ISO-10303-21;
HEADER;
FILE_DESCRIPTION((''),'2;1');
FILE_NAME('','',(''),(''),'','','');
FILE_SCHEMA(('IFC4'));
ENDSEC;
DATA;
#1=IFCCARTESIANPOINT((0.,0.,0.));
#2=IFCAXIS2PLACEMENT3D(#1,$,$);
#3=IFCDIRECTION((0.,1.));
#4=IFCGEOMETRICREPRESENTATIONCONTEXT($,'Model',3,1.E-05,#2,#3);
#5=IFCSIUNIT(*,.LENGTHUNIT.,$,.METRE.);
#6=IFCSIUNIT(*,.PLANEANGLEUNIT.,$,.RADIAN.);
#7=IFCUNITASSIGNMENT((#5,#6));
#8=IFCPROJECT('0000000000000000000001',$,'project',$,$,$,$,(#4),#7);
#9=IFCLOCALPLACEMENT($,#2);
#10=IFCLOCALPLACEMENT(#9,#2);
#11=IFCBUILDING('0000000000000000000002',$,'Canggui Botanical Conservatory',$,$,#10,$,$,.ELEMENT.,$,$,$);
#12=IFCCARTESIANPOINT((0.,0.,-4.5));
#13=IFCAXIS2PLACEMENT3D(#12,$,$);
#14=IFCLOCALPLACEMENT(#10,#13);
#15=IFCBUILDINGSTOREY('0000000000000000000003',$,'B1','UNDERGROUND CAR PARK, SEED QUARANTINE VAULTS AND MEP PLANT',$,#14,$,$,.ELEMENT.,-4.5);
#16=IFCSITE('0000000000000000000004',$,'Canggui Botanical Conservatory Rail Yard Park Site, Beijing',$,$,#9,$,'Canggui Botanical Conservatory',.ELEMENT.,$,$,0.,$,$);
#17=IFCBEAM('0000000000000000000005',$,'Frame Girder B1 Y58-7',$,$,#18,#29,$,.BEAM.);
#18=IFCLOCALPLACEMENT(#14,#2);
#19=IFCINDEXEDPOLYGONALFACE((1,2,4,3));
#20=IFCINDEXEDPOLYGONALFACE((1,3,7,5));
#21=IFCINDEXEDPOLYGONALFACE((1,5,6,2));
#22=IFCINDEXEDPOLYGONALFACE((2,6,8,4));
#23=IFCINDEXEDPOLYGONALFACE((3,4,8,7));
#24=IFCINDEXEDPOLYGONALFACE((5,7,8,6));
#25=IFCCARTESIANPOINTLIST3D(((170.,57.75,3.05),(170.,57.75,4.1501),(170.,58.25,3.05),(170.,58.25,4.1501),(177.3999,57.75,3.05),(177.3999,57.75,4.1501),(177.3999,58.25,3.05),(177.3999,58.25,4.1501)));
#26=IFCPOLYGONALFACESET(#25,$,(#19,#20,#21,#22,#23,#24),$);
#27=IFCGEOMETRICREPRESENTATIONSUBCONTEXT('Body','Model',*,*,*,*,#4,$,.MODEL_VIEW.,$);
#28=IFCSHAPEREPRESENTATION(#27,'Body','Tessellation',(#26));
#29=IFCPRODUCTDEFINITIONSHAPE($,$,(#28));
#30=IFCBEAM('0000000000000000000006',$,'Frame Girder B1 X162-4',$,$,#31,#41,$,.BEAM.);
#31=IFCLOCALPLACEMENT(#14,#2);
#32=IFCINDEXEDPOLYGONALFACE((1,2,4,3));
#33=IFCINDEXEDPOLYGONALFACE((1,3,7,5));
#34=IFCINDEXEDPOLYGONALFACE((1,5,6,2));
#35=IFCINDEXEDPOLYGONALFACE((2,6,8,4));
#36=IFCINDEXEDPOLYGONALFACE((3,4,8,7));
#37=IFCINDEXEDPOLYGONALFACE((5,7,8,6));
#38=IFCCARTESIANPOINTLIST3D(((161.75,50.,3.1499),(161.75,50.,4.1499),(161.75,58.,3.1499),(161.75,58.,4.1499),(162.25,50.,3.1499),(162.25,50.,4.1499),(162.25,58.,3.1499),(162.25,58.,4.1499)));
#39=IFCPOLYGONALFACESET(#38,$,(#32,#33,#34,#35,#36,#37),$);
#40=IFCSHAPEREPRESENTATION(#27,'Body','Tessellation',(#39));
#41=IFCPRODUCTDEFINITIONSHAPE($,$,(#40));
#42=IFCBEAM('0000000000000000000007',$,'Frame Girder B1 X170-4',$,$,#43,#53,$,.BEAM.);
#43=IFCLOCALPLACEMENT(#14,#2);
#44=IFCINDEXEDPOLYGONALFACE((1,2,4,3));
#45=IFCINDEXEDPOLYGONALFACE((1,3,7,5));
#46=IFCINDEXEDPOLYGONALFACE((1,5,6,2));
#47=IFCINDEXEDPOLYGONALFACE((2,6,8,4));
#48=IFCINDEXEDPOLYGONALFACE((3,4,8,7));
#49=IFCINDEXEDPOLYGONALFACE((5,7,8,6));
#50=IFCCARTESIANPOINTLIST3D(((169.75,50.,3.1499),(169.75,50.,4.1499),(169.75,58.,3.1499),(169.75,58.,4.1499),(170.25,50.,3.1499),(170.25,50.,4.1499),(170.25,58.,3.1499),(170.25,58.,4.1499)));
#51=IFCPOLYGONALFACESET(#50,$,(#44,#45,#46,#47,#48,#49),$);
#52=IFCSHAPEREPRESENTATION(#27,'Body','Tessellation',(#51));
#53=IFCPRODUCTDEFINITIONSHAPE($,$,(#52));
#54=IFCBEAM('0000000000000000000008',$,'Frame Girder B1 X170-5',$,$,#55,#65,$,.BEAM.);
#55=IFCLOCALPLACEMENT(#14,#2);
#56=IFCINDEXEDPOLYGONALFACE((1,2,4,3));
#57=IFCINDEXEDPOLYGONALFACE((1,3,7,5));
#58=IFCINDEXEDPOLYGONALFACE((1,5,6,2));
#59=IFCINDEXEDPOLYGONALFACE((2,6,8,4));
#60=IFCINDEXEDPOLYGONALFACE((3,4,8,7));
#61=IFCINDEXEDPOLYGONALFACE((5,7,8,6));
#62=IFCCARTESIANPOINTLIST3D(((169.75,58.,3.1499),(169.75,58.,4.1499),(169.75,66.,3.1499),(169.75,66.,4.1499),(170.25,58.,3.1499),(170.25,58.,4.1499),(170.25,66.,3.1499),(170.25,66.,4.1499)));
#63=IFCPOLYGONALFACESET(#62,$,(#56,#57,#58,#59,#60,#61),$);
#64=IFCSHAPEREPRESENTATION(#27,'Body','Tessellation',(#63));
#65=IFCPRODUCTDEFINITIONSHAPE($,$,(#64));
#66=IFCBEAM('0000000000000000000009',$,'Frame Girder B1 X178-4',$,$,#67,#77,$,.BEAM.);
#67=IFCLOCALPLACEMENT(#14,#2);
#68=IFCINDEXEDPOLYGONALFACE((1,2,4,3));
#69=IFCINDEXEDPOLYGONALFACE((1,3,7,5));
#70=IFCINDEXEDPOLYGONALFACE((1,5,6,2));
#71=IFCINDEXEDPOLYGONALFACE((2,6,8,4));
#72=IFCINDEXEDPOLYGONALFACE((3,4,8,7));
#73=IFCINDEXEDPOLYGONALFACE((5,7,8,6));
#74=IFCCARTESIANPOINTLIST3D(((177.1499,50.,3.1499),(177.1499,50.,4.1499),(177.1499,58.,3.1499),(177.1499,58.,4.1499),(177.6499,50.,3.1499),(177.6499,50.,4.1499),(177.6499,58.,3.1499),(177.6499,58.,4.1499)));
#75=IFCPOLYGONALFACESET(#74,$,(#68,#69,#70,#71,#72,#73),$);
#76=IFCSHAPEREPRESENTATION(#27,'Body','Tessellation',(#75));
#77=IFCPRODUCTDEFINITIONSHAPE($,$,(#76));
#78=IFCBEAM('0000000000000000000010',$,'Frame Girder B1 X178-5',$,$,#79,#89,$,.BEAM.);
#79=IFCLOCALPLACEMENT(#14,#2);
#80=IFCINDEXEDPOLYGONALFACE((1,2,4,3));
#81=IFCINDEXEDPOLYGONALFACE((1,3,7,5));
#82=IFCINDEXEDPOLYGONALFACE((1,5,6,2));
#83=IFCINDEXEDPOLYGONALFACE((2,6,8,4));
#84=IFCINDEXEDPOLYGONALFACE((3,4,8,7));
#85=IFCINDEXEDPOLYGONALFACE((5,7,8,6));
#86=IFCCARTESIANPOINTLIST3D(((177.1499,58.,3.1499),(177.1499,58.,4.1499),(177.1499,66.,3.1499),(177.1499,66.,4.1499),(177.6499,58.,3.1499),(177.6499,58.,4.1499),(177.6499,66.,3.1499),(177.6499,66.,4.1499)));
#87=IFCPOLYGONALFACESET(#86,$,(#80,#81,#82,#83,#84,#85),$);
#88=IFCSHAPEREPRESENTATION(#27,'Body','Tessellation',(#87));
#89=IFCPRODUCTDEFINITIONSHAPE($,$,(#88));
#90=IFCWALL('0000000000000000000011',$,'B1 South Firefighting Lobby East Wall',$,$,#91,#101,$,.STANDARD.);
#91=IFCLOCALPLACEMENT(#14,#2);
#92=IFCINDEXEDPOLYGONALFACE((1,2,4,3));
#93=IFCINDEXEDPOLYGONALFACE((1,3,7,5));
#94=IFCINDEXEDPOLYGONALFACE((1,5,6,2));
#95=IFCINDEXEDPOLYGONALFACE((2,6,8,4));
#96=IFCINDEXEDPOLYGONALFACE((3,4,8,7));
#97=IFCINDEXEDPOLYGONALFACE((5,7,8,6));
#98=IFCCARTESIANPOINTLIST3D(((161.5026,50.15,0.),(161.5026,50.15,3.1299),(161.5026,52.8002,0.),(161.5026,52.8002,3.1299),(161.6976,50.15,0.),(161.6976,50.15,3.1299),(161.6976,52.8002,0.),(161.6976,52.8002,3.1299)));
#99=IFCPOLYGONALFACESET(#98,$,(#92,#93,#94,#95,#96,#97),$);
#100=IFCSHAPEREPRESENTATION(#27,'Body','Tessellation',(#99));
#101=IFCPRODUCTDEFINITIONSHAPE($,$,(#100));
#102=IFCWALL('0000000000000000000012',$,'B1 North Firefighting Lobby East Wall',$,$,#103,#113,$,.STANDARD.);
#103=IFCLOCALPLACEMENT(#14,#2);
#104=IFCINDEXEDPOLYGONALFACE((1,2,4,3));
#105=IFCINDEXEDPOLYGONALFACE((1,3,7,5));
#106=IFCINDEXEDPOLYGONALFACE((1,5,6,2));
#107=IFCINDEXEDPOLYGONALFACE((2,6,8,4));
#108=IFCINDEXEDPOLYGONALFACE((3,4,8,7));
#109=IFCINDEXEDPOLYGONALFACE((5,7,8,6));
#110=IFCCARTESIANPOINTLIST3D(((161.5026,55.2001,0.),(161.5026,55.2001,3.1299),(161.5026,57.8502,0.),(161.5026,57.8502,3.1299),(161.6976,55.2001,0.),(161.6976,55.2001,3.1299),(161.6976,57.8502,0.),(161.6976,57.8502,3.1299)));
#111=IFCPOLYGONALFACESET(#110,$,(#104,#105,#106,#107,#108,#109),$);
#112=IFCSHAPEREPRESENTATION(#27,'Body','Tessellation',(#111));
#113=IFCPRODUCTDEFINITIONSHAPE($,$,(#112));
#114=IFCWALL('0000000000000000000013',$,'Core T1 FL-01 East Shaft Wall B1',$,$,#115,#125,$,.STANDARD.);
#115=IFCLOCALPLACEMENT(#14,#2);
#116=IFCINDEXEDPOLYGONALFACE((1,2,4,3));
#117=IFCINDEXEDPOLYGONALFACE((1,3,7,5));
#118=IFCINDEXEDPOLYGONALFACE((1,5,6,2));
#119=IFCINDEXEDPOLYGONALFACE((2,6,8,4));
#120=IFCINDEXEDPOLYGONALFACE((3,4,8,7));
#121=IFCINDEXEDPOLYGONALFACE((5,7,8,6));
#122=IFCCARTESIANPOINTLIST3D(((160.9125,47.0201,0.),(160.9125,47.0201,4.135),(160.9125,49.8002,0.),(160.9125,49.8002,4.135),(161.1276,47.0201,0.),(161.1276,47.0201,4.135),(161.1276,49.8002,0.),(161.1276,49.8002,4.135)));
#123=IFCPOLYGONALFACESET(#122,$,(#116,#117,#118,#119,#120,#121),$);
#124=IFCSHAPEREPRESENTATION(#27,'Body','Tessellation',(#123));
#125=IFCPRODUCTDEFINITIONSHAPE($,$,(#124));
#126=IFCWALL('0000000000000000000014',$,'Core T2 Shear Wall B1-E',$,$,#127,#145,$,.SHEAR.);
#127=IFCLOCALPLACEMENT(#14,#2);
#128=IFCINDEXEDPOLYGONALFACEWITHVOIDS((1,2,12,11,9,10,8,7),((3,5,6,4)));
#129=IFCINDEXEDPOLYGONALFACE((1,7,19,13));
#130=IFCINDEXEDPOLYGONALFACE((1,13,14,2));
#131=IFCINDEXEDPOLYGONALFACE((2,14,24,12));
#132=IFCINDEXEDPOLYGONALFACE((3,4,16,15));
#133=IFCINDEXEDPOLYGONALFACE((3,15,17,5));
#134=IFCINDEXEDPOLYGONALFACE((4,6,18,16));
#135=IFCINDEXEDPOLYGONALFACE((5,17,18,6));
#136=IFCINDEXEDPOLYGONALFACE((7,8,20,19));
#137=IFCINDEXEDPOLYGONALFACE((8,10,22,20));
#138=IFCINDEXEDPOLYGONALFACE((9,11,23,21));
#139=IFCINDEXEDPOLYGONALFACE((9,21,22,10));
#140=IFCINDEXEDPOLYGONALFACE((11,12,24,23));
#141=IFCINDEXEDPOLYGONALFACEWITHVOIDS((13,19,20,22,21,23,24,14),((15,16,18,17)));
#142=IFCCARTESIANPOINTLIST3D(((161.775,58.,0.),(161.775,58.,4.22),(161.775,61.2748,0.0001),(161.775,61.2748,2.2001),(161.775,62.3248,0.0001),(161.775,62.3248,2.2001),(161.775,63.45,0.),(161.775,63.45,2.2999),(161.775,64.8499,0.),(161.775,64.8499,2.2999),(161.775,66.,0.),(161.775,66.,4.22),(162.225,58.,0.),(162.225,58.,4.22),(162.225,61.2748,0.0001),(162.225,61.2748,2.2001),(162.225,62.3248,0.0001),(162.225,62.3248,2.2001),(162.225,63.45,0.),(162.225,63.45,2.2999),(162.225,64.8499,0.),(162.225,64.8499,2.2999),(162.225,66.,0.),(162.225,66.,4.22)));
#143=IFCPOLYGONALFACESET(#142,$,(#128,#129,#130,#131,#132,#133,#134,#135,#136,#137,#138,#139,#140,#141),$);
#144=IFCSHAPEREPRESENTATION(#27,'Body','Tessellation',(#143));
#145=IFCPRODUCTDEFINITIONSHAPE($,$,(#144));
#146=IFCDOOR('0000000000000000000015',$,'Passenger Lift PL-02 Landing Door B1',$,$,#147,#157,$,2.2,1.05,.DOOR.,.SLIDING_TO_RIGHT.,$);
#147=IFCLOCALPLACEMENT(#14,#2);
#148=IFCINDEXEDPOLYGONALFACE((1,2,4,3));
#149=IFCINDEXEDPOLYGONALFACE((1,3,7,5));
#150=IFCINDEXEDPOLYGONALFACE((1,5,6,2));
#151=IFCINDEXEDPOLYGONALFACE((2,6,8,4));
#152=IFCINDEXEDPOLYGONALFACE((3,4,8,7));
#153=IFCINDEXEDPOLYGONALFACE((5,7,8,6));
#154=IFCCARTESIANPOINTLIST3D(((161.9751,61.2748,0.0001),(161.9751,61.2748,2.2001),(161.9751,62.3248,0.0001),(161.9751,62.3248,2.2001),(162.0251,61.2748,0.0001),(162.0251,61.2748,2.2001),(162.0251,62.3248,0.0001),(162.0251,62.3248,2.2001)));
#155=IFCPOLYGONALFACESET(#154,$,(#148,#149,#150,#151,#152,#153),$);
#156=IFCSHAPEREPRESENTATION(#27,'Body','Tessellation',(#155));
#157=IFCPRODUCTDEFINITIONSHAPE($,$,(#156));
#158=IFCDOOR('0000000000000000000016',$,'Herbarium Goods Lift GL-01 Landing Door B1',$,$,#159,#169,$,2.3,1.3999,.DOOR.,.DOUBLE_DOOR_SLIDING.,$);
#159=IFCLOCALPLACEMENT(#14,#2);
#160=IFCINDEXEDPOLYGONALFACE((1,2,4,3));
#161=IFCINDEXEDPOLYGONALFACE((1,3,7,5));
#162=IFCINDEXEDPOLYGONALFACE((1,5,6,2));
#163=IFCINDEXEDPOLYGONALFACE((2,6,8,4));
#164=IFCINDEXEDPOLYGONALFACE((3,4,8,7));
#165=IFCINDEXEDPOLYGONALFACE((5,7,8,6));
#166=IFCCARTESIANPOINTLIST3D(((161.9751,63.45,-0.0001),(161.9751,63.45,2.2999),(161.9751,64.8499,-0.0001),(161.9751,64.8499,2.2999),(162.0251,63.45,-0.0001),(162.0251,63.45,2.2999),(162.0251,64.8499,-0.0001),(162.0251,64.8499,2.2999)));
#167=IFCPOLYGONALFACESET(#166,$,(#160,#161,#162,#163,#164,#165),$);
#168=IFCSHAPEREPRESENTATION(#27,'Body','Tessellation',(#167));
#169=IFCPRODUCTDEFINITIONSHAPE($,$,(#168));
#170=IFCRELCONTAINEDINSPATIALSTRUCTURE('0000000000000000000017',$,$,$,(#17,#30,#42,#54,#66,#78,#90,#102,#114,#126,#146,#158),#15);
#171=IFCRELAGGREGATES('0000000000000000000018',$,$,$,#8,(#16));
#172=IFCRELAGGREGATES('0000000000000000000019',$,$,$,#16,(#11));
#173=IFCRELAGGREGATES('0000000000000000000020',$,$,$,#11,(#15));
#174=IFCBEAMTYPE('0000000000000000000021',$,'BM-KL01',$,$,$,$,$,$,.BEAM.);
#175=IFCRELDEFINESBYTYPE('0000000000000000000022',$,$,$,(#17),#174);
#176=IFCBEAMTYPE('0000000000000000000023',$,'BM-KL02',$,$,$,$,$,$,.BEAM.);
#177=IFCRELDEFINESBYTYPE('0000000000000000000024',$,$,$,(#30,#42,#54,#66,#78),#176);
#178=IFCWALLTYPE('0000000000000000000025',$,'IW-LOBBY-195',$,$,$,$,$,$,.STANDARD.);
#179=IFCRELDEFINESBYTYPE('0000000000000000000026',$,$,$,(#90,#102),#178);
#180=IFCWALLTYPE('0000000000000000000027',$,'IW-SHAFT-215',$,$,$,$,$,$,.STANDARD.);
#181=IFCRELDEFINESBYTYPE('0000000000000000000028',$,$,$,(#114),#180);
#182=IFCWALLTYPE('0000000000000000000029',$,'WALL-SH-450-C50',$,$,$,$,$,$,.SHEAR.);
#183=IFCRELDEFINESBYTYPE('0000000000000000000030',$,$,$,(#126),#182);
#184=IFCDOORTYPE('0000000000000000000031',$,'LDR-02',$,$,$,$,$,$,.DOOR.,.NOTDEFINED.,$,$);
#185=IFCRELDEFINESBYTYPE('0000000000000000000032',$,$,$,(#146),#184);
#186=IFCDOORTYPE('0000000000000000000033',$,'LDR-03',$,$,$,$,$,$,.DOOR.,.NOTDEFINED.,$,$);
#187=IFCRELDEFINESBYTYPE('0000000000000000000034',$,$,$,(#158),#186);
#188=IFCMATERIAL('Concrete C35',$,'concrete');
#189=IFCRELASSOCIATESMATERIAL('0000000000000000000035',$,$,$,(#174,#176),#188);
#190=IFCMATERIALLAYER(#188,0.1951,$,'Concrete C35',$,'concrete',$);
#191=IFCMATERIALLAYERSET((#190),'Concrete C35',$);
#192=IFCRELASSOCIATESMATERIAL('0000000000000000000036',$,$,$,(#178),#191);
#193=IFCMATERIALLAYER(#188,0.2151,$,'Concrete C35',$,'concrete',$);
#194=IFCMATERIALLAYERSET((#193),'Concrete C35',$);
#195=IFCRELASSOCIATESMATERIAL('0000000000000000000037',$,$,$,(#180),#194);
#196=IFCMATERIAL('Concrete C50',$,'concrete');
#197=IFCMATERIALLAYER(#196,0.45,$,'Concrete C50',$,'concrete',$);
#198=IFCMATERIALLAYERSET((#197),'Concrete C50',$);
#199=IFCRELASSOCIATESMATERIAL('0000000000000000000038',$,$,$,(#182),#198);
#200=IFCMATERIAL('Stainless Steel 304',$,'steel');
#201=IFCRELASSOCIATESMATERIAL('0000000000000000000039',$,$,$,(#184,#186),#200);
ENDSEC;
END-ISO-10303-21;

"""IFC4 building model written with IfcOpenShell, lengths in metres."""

from ifc_helpers import new_model, si_unit, direction, frame, frame_2d, origin, origin_2d, place, context, subcontext, project, spatial, rectangle, extrude, material, layer, layer_set, material_profile, profile_set, type_object, element, fill, save


model = new_model("IFC4")

# Units and contexts
model_context = context("Model", 3, precision=1e-05, world=origin(), true_north=direction((0.0, 1.0)))
body_context = subcontext(model_context, "Body", "Model", "MODEL_VIEW")
ifc_project = project(units=[si_unit("LENGTHUNIT", "METRE"), si_unit("PLANEANGLEUNIT", "RADIAN")], contexts=[model_context])

# Site, building, storey
site_placement = place(None, origin())
site = spatial("IfcSite", under=ifc_project, at=site_placement, Name="Canggui Botanical Conservatory Rail Yard Park Site, Beijing", LongName="Canggui Botanical Conservatory", CompositionType="ELEMENT", RefElevation=0.0)
building_placement = place(site_placement, origin())
building = spatial("IfcBuilding", under=site, at=building_placement, Name="Canggui Botanical Conservatory", CompositionType="ELEMENT")
storey_placement = place(building_placement, frame((0.0, 0.0, -4.5)))
storey = spatial("IfcBuildingStorey", under=building, at=storey_placement, Name="B1", Description="UNDERGROUND CAR PARK, SEED QUARANTINE VAULTS AND MEP PLANT", CompositionType="ELEMENT", Elevation=-4.5)

# Shared definitions
ifc_material_1 = material(Name="Concrete C50", Category="concrete")
ifc_material_2 = material(Name="Concrete C35", Category="concrete")

# Beams
ifc_material_profile_1 = material_profile(ifc_material_2, rectangle(XDim=0.5, YDim=1.1001, at=origin_2d()), Name="RB 500x1100")
ifc_profile_set_1 = profile_set([ifc_material_profile_1], Name="Concrete C35")
beam_type_1 = type_object("IfcBeamType", Name="BM-KL01", PredefinedType="BEAM", material=ifc_profile_set_1)
beam_1_placement = place(storey_placement, frame((170.0, 58.0, 3.6001), z_axis=(1.0, 0.0, 0.0), x_axis=(0.0, 1.0, 0.0)))
element("IfcBeam", 1, at=beam_1_placement, inside=storey, type_object=beam_type_1, Name="Frame Girder B1 Y58-7", PredefinedType="BEAM", context=body_context, shape_type="SweptSolid", body=[
    extrude(rectangle(XDim=0.5, YDim=1.1001, at=origin_2d()), origin(), (0.0, 0.0, 1.0), 7.3999),
])
ifc_material_profile_2 = material_profile(ifc_material_2, rectangle(XDim=0.5, YDim=1.0, at=origin_2d()), Name="RB 500x1000")
ifc_profile_set_2 = profile_set([ifc_material_profile_2], Name="Concrete C35")
beam_type_2 = type_object("IfcBeamType", Name="BM-KL02", PredefinedType="BEAM", material=ifc_profile_set_2)
for number, where, z_axis, x_axis, name in (
    (2, (162.0, 50.0, 3.6499), (0.0, 1.0, 0.0), (-1.0, 0.0, 0.0), "Frame Girder B1 X162-4"),
    (3, (170.0, 50.0, 3.6499), (0.0, 1.0, 0.0), (-1.0, 0.0, 0.0), "Frame Girder B1 X170-4"),
    (4, (170.0, 58.0, 3.6499), (0.0, 1.0, 0.0), (-1.0, 0.0, 0.0), "Frame Girder B1 X170-5"),
    (5, (177.3999, 50.0, 3.6499), (0.0, 1.0, 0.0), (-1.0, 0.0, 0.0), "Frame Girder B1 X178-4"),
    (6, (177.3999, 58.0, 3.6499), (0.0, 1.0, 0.0), (-1.0, 0.0, 0.0), "Frame Girder B1 X178-5"),
):
    element("IfcBeam", number, at=place(storey_placement, frame(where, z_axis=z_axis, x_axis=x_axis)), inside=storey, type_object=beam_type_2, Name=name, PredefinedType="BEAM", context=body_context, shape_type="SweptSolid", body=[
        extrude(rectangle(XDim=0.5, YDim=1.0, at=origin_2d()), origin(), (0.0, 0.0, 1.0), 8.0),
    ])

# Walls
ifc_layer_1 = layer(ifc_material_2, 0.1951, Name="Concrete C35", Category="concrete")
ifc_layer_set_1 = layer_set([ifc_layer_1], Name="Concrete C35")
wall_type_1 = type_object("IfcWallType", Name="IW-LOBBY-195", PredefinedType="STANDARD", material=ifc_layer_set_1)
for number, where, z_axis, x_axis, name in (
    (7, (161.6001, 50.1499, 0.0), (0.0, 0.0, 1.0), (0.0, 1.0, 0.0), "B1 South Firefighting Lobby East Wall"),
    (8, (161.6001, 55.2, 0.0), (0.0, 0.0, 1.0), (0.0, 1.0, 0.0), "B1 North Firefighting Lobby East Wall"),
):
    element("IfcWall", number, at=place(storey_placement, frame(where, z_axis=z_axis, x_axis=x_axis)), inside=storey, type_object=wall_type_1, Name=name, PredefinedType="STANDARD", context=body_context, shape_type="SweptSolid", body=[
        extrude(rectangle(XDim=2.6501, YDim=0.1951, at=frame_2d((1.3252, 0.0))), origin(), (0.0, 0.0, 1.0), 3.1299),
    ])
ifc_layer_2 = layer(ifc_material_2, 0.2151, Name="Concrete C35", Category="concrete")
ifc_layer_set_2 = layer_set([ifc_layer_2], Name="Concrete C35")
wall_type_2 = type_object("IfcWallType", Name="IW-SHAFT-215", PredefinedType="STANDARD", material=ifc_layer_set_2)
wall_1_placement = place(storey_placement, frame((161.02, 47.02, 0.0), z_axis=(0.0, 0.0, 1.0), x_axis=(0.0, 1.0, 0.0)))
element("IfcWall", 9, at=wall_1_placement, inside=storey, type_object=wall_type_2, Name="Core T1 FL-01 East Shaft Wall B1", PredefinedType="STANDARD", context=body_context, shape_type="SweptSolid", body=[
    extrude(rectangle(XDim=2.78, YDim=0.2151, at=frame_2d((1.3901, 0.0))), origin(), (0.0, 0.0, 1.0), 4.135),
])

# Wall, openings, doors
ifc_layer_3 = layer(ifc_material_1, 0.45, Name="Concrete C50", Category="concrete")
ifc_layer_set_3 = layer_set([ifc_layer_3], Name="Concrete C50")
wall_type_3 = type_object("IfcWallType", Name="WALL-SH-450-C50", PredefinedType="SHEAR", material=ifc_layer_set_3)
ifc_material_3 = material(Name="Stainless Steel 304", Category="steel")
wall_2_placement = place(storey_placement, frame((162.0, 58.0, 0.0), z_axis=(0.0, 0.0, 1.0), x_axis=(0.0, 1.0, 0.0)))
wall_2 = element("IfcWall", 10, at=wall_2_placement, inside=storey, type_object=wall_type_3, Name="Core T2 Shear Wall B1-E", PredefinedType="SHEAR", context=body_context, shape_type="SweptSolid", body=[
    extrude(rectangle(XDim=8.0, YDim=0.45, at=frame_2d((4.0, 0.0))), origin(), (0.0, 0.0, 1.0), 4.22),
])
opening_1_placement = place(wall_2_placement, frame((3.2749, 0.0, 0.0)))
opening_1 = element("IfcOpeningElement", 11, at=opening_1_placement, cuts=wall_2, PredefinedType="OPENING", context=body_context, shape_type="SweptSolid", body=[
    extrude(rectangle(XDim=1.05, YDim=2.2, at=frame_2d((0.5249, 1.1001))), frame((0.0, 0.2349, 0.0), z_axis=(0.0, -1.0, 0.0), x_axis=(1.0, 0.0, 0.0)), (0.0, 0.0, 1.0), 0.47),
])
opening_2_placement = place(wall_2_placement, frame((5.45, 0.0, 0.0)))
opening_2 = element("IfcOpeningElement", 12, at=opening_2_placement, cuts=wall_2, PredefinedType="OPENING", context=body_context, shape_type="SweptSolid", body=[
    extrude(rectangle(XDim=1.3999, YDim=2.3, at=frame_2d((0.7, 1.1499))), frame((0.0, 0.2349, 0.0), z_axis=(0.0, -1.0, 0.0), x_axis=(1.0, 0.0, 0.0)), (0.0, 0.0, 1.0), 0.47),
])
door_type_1 = type_object("IfcDoorType", Name="LDR-02", OperationType="NOTDEFINED", PredefinedType="DOOR", material=ifc_material_3)
door_1_placement = place(opening_1_placement, origin())
door_1 = element("IfcDoor", 13, at=door_1_placement, inside=storey, type_object=door_type_1, Name="Passenger Lift PL-02 Landing Door B1", OperationType="SLIDING_TO_RIGHT", OverallHeight=2.2, OverallWidth=1.05, PredefinedType="DOOR", context=body_context, shape_type="SweptSolid", body=[
    extrude(rectangle(XDim=1.05, YDim=2.2, at=frame_2d((0.5249, 1.1001))), frame((0.0, 0.0249, 0.0), z_axis=(0.0, -1.0, 0.0), x_axis=(1.0, 0.0, 0.0)), (0.0, 0.0, 1.0), 0.05),
])
fill(opening_1, door_1)
door_type_2 = type_object("IfcDoorType", Name="LDR-03", OperationType="NOTDEFINED", PredefinedType="DOOR", material=ifc_material_3)
door_2_placement = place(opening_2_placement, origin())
door_2 = element("IfcDoor", 14, at=door_2_placement, inside=storey, type_object=door_type_2, Name="Herbarium Goods Lift GL-01 Landing Door B1", OperationType="DOUBLE_DOOR_SLIDING", OverallHeight=2.3, OverallWidth=1.3999, PredefinedType="DOOR", context=body_context, shape_type="SweptSolid", body=[
    extrude(rectangle(XDim=1.3999, YDim=2.3, at=frame_2d((0.7, 1.1499))), frame((0.0, 0.0249, 0.0), z_axis=(0.0, -1.0, 0.0), x_axis=(1.0, 0.0, 0.0)), (0.0, 0.0, 1.0), 0.05),
])
fill(opening_2, door_2)

save(model, "model.ifc")
